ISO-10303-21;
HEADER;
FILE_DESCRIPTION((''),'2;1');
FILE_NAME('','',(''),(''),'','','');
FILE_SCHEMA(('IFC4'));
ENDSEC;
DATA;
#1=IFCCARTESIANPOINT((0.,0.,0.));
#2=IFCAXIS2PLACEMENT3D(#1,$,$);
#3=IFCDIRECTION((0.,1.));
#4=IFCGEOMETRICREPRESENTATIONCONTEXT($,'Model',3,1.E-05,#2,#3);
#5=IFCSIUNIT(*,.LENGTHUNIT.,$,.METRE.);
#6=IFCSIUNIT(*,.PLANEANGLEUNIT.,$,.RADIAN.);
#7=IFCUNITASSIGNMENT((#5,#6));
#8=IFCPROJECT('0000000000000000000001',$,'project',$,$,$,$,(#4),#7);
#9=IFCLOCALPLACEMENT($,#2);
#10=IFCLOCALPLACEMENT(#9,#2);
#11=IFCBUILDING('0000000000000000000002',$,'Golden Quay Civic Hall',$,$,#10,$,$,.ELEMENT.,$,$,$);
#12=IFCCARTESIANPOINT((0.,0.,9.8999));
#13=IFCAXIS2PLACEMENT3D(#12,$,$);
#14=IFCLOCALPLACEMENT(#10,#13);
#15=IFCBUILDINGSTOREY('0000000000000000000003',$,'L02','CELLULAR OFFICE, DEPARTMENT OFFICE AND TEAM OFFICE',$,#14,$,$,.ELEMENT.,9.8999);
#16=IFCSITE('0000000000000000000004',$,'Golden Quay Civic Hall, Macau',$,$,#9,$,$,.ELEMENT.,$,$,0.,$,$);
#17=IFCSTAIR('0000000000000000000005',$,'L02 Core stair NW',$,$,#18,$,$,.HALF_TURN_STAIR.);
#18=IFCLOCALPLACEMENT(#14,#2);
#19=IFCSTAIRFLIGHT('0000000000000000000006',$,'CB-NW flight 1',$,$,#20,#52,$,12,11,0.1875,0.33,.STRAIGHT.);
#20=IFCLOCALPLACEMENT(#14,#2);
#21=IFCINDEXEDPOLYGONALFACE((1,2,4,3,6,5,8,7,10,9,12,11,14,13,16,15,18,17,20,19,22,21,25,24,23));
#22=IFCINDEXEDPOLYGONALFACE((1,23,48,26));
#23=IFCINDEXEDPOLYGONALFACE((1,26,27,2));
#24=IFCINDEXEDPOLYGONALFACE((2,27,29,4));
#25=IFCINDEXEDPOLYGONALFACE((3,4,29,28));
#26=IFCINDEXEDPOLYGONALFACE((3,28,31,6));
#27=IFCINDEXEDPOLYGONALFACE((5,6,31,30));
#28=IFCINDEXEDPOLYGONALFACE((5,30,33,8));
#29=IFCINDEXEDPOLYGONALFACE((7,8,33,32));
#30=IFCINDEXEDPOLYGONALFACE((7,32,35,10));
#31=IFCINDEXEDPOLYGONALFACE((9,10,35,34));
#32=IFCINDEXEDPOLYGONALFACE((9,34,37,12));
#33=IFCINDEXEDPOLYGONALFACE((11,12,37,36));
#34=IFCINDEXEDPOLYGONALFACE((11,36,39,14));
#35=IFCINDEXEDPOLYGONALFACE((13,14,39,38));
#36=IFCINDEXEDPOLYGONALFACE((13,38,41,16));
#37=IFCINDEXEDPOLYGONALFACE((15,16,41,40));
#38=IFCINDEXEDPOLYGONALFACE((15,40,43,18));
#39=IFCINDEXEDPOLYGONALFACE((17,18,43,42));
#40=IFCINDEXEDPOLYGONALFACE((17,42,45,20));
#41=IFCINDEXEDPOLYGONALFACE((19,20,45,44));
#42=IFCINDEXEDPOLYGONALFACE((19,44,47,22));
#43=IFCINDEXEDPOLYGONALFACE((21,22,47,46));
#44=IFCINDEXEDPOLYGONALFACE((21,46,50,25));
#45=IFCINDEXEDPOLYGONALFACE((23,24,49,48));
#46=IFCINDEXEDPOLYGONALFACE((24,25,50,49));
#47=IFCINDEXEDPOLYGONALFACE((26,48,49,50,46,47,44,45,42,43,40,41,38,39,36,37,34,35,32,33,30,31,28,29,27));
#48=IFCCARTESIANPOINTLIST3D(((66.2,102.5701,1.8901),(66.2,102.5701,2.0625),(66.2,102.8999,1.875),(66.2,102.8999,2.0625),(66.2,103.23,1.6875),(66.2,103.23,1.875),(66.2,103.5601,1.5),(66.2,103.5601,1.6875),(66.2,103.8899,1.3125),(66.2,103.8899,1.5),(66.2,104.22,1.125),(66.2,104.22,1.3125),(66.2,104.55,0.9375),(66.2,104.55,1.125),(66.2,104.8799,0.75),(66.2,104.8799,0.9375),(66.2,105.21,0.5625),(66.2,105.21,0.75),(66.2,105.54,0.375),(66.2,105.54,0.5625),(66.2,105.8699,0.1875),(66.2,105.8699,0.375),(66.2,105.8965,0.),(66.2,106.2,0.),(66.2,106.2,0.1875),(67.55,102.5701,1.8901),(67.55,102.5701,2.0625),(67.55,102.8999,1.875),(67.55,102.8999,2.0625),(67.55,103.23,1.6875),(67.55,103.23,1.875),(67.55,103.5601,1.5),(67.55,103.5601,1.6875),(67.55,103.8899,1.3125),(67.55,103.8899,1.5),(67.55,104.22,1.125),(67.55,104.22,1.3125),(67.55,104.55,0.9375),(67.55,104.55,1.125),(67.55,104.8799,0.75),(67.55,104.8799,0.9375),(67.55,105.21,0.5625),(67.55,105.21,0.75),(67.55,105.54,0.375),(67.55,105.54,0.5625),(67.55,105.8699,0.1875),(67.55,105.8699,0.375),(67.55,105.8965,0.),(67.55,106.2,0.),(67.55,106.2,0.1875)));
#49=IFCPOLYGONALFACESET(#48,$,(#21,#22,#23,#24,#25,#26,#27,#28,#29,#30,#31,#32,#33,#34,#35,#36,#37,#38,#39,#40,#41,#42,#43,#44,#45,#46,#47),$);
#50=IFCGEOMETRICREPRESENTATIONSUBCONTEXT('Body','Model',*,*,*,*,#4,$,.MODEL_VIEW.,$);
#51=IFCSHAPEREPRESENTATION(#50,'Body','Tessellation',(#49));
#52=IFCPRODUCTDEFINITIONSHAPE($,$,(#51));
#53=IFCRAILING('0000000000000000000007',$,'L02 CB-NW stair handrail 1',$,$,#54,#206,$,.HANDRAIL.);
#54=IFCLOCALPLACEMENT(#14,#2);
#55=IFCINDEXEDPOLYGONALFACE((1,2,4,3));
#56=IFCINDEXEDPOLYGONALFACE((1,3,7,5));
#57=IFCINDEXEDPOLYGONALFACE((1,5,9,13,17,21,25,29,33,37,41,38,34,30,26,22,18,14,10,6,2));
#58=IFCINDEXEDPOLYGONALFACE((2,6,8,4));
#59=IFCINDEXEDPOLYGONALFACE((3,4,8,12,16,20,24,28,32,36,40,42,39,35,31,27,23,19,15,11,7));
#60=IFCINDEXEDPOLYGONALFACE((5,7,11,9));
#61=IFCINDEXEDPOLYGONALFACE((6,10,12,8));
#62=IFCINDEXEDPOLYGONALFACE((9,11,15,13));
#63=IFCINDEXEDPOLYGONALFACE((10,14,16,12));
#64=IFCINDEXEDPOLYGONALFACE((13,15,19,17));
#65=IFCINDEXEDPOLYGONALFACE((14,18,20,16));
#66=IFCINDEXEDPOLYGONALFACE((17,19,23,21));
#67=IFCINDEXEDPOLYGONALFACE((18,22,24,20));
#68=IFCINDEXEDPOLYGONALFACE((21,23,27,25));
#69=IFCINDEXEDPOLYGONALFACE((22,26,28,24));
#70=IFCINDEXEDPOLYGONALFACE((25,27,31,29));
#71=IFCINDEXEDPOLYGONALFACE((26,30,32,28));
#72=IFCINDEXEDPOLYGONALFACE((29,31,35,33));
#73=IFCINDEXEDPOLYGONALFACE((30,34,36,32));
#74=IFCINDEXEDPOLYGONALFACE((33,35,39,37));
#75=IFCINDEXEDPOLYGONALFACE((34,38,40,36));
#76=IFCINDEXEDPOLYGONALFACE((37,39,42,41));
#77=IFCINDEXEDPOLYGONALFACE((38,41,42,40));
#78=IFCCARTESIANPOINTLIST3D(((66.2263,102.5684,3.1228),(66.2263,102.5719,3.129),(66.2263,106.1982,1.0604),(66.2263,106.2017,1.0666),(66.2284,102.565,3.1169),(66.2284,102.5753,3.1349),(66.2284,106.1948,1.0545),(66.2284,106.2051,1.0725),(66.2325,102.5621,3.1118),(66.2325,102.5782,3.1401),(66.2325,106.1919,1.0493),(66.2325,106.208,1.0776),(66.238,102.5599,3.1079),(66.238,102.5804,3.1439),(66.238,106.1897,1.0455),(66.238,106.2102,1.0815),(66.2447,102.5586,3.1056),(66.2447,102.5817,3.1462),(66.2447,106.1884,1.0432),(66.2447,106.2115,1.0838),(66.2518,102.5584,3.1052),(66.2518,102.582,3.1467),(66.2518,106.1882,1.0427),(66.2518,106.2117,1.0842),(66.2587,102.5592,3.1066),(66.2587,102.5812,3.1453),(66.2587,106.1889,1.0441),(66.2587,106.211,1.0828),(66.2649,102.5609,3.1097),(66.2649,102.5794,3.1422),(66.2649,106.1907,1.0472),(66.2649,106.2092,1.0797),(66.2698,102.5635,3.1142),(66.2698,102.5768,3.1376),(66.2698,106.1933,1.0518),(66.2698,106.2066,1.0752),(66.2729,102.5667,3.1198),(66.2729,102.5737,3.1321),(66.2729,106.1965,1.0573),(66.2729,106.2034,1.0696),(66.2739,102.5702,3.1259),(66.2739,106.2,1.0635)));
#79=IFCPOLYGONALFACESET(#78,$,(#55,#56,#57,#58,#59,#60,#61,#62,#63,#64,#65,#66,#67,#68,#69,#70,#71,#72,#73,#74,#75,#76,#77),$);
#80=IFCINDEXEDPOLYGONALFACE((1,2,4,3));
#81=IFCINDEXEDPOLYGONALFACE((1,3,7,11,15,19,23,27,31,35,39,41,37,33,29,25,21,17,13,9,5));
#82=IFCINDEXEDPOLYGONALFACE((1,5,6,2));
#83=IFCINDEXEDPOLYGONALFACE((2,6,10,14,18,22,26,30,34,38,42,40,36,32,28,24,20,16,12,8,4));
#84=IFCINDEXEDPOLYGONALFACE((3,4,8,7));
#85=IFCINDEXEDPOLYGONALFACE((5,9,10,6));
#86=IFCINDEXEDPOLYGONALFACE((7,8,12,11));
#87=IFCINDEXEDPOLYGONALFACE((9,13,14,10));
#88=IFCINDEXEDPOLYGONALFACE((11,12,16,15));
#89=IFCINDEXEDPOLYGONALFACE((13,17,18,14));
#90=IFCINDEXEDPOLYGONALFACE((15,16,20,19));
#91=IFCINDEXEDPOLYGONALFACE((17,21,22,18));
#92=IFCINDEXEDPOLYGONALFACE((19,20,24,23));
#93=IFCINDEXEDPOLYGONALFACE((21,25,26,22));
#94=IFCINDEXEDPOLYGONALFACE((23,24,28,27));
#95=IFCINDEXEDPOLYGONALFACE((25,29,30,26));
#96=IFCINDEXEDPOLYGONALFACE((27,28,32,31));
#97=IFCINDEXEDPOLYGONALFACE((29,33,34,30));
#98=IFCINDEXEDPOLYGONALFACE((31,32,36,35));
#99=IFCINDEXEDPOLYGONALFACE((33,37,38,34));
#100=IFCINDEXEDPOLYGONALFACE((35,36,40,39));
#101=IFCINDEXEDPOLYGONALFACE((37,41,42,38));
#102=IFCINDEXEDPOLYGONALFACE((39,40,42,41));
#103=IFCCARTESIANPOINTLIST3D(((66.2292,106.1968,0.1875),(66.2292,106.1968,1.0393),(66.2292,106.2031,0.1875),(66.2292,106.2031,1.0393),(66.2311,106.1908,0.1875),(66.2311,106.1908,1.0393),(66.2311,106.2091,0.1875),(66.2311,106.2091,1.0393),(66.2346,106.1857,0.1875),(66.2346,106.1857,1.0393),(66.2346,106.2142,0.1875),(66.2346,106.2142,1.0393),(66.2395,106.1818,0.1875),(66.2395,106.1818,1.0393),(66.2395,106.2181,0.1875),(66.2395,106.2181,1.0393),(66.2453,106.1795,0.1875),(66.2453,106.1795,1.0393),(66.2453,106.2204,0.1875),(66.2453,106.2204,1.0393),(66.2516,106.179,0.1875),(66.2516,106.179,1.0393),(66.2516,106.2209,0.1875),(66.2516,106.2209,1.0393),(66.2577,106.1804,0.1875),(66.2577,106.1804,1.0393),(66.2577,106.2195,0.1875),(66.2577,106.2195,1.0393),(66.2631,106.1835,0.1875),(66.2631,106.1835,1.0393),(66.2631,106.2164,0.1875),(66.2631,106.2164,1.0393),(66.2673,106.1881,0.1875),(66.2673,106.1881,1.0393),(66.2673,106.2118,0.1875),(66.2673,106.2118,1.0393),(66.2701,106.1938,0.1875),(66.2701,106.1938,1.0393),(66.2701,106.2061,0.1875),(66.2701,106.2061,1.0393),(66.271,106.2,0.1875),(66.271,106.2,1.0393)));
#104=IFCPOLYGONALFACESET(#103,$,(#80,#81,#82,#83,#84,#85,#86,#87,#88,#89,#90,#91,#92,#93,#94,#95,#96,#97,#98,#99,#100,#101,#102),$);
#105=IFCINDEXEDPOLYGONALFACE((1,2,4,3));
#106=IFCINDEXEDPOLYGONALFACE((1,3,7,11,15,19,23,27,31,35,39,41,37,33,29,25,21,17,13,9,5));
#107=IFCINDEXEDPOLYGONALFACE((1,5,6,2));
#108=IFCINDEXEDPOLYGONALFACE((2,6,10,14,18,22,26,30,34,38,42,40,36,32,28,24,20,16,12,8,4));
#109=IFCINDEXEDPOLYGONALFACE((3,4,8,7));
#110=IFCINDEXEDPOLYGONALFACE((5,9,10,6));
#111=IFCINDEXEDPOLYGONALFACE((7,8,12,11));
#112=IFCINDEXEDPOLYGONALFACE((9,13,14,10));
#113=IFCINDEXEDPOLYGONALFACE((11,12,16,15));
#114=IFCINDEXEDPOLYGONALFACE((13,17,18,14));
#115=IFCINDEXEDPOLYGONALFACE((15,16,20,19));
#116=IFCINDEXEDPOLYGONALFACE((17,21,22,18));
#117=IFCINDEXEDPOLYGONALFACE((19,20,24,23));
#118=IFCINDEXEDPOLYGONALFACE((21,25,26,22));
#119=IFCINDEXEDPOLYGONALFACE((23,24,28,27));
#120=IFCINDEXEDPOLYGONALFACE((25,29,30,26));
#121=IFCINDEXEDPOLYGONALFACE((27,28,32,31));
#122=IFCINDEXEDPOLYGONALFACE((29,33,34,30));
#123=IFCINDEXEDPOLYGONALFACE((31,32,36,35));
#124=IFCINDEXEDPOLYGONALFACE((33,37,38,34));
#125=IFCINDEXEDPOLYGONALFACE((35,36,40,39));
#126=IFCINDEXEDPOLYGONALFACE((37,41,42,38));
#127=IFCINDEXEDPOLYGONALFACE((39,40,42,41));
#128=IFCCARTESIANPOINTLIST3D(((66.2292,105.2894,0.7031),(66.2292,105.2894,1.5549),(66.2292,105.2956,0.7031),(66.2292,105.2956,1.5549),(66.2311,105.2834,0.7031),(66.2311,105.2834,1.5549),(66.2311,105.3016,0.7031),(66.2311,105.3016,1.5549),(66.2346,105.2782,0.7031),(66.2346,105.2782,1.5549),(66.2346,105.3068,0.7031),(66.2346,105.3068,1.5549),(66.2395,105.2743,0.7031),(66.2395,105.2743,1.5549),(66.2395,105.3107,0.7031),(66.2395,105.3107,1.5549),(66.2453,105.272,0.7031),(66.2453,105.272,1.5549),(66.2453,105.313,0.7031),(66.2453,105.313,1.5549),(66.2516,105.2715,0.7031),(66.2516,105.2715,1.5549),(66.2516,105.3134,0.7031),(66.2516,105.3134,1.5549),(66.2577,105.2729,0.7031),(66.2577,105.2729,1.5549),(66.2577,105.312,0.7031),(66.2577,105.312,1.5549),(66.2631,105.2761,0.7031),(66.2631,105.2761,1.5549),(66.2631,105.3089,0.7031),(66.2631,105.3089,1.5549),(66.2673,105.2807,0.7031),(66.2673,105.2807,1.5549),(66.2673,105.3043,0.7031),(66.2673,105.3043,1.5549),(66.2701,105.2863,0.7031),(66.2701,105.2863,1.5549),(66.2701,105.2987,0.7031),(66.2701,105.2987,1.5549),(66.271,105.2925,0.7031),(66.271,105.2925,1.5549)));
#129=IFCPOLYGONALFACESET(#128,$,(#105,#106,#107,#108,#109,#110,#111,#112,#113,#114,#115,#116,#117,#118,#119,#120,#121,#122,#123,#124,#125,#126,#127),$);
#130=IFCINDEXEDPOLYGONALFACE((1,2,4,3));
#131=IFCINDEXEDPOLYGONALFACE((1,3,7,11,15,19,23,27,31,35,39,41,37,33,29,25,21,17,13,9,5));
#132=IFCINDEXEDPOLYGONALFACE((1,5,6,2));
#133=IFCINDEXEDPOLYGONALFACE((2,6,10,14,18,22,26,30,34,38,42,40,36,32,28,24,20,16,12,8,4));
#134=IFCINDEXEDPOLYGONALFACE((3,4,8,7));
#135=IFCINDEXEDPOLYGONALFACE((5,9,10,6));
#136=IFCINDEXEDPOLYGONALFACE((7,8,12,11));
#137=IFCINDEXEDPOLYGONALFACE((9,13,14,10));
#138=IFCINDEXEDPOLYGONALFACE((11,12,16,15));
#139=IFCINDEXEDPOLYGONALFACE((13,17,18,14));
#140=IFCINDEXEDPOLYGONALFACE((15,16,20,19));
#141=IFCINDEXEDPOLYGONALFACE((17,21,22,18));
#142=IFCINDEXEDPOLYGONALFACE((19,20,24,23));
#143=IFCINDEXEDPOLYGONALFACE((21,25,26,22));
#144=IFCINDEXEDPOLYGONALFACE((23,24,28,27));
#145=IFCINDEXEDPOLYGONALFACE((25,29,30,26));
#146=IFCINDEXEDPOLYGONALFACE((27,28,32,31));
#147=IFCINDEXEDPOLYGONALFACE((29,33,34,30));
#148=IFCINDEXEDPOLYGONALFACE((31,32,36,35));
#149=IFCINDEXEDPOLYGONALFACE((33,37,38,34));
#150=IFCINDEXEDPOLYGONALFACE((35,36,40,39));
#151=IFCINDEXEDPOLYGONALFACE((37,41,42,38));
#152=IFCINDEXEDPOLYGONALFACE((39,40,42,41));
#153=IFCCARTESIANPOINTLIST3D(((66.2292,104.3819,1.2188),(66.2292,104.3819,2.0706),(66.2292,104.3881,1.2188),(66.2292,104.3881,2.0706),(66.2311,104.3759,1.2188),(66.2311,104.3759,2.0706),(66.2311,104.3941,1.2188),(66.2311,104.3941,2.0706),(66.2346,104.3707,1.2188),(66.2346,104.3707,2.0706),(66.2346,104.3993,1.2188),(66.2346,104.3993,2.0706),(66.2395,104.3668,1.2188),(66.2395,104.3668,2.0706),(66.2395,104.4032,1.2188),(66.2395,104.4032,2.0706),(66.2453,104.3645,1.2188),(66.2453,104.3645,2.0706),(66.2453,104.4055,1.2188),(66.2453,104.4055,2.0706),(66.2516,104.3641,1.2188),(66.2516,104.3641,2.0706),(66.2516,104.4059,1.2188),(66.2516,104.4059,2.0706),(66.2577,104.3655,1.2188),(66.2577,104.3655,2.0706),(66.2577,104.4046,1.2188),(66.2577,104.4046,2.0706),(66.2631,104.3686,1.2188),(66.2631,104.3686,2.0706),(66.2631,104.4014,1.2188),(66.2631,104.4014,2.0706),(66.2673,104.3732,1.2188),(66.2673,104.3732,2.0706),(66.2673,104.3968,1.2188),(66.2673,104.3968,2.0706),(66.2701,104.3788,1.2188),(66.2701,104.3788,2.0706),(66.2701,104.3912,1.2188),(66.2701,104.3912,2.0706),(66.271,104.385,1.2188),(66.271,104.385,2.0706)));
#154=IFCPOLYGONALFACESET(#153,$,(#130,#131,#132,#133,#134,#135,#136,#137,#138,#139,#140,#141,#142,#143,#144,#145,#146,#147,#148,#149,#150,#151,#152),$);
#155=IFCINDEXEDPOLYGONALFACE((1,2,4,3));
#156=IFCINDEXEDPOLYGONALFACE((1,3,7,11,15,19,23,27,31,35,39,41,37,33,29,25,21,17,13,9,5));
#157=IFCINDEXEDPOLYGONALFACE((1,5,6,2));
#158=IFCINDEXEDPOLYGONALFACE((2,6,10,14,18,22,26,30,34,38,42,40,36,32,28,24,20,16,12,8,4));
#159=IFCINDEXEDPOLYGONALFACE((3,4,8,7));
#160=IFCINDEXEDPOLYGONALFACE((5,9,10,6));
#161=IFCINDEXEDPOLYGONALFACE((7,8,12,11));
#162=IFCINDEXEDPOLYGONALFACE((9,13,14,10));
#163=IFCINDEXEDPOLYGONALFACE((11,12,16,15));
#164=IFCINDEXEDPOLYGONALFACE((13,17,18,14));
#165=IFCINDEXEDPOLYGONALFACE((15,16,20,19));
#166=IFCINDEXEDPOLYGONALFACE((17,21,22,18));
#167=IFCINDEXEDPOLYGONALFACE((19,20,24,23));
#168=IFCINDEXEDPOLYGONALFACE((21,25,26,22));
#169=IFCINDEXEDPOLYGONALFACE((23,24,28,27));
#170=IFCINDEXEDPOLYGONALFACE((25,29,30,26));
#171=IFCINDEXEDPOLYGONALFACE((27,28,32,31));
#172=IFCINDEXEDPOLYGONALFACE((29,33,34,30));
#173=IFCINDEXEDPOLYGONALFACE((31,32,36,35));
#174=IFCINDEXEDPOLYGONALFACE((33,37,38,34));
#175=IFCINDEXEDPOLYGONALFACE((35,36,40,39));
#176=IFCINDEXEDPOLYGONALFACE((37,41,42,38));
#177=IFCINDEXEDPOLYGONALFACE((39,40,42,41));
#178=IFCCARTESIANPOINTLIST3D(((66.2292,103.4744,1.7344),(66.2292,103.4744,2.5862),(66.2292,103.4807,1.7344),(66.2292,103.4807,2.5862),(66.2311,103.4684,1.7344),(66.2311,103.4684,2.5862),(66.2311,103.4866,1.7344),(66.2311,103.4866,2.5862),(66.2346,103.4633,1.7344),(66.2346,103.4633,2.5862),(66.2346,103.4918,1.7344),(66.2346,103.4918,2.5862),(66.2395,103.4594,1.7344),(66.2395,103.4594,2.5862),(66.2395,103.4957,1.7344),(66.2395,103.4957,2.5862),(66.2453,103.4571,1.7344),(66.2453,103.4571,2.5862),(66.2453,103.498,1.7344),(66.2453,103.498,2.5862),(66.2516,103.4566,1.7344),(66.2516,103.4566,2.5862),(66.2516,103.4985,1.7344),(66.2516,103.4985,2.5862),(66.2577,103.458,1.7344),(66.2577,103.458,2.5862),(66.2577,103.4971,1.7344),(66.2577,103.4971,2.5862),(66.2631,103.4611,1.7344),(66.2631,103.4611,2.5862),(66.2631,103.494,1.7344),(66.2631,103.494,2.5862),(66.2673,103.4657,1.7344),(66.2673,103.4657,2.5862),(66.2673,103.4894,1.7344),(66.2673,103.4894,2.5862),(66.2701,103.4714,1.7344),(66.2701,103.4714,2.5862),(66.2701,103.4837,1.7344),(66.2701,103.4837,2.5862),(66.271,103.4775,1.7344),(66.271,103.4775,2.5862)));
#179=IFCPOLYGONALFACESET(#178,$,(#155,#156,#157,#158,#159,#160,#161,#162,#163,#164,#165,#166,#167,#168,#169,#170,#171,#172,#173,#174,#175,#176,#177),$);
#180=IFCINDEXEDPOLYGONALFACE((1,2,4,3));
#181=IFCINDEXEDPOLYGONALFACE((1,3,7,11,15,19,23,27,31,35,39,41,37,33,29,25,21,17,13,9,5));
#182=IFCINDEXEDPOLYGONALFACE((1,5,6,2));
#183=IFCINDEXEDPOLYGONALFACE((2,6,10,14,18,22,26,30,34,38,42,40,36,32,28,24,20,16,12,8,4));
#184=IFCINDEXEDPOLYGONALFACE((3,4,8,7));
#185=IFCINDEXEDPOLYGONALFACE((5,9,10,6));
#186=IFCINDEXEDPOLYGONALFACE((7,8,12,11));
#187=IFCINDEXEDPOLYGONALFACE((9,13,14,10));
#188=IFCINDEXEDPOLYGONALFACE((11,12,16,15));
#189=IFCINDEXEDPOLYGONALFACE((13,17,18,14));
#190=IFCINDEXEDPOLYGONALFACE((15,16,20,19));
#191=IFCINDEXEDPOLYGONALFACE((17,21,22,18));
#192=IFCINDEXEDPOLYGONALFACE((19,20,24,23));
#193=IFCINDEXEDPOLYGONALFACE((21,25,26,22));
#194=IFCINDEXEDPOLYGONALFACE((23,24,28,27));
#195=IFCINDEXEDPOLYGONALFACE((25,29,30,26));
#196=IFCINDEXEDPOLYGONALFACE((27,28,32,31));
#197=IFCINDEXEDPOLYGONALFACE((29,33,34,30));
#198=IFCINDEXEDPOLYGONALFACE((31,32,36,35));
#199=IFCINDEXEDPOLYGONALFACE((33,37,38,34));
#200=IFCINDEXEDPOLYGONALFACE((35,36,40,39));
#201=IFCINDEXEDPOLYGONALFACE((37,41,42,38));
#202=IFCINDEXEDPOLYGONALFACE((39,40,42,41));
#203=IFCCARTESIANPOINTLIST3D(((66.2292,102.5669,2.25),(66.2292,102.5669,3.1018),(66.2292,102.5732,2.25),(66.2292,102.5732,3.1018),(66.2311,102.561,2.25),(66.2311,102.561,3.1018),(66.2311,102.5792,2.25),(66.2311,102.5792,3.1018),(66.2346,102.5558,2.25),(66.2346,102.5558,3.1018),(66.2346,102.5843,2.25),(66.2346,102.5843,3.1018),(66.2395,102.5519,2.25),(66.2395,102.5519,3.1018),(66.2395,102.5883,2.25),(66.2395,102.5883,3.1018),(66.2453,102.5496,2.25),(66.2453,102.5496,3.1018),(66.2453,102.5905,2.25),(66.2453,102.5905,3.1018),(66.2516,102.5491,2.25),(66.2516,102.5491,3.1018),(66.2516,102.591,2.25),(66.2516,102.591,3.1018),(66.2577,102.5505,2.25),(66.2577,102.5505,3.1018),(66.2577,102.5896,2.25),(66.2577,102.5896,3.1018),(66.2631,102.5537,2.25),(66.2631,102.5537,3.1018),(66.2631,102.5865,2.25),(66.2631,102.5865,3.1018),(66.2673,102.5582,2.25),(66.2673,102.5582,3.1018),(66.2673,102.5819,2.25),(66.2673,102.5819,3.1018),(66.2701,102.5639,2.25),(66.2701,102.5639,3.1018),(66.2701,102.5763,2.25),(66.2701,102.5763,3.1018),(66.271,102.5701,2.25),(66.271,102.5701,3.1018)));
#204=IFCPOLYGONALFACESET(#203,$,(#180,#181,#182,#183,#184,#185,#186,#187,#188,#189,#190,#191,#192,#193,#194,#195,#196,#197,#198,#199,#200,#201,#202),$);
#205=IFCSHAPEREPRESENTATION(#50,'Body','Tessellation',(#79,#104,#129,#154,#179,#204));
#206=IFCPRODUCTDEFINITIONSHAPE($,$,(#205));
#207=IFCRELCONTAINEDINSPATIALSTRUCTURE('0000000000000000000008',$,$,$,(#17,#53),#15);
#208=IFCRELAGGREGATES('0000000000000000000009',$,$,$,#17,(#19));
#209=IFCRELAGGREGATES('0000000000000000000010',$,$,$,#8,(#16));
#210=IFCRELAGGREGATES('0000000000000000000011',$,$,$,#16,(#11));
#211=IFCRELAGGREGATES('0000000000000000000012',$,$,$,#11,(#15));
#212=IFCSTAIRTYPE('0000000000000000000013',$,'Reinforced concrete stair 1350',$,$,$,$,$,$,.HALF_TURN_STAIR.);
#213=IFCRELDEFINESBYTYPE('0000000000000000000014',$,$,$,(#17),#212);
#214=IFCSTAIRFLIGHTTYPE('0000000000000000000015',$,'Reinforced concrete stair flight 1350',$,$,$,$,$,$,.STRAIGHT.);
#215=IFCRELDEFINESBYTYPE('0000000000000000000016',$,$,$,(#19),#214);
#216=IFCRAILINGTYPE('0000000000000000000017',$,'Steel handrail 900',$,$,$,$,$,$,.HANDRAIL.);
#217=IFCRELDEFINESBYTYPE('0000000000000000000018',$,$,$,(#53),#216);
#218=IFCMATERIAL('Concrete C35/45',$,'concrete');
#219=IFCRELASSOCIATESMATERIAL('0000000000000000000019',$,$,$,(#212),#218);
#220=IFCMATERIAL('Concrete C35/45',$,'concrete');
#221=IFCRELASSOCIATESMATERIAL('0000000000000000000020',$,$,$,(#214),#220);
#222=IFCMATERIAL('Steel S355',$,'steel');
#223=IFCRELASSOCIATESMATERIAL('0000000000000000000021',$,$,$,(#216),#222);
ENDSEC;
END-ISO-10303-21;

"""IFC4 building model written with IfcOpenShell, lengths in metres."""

from ifc_helpers import new_model, si_unit, direction, frame, origin, origin_2d, place, context, subcontext, project, spatial, polyline, circle, outline, extrude, material, type_object, element, aggregate, save


model = new_model("IFC4")

# Units and contexts
model_context = context("Model", 3, precision=1e-05, world=origin(), true_north=direction((0.0, 1.0)))
body_context = subcontext(model_context, "Body", "Model", "MODEL_VIEW")
ifc_project = project(units=[si_unit("LENGTHUNIT", "METRE"), si_unit("PLANEANGLEUNIT", "RADIAN")], contexts=[model_context])

# Site, building, storey
site_placement = place(None, origin())
site = spatial("IfcSite", under=ifc_project, at=site_placement, Name="Golden Quay Civic Hall, Macau", CompositionType="ELEMENT", RefElevation=0.0)
building_placement = place(site_placement, origin())
building = spatial("IfcBuilding", under=site, at=building_placement, Name="Golden Quay Civic Hall", CompositionType="ELEMENT")
storey_placement = place(building_placement, frame((0.0, 0.0, 9.8999)))
storey = spatial("IfcBuildingStorey", under=building, at=storey_placement, Name="L02", Description="CELLULAR OFFICE, DEPARTMENT OFFICE AND TEAM OFFICE", CompositionType="ELEMENT", Elevation=9.8999)

# Stair, stair flight
ifc_material_1 = material(Name="Concrete C35/45", Category="concrete")
stair_type = type_object("IfcStairType", Name="Reinforced concrete stair 1350", PredefinedType="HALF_TURN_STAIR", material=ifc_material_1)
stair_placement = place(storey_placement, origin())
stair = element("IfcStair", 1, at=stair_placement, inside=storey, type_object=stair_type, Name="L02 Core stair NW", PredefinedType="HALF_TURN_STAIR")
ifc_material_2 = material(Name="Concrete C35/45", Category="concrete")
stair_flight_type = type_object("IfcStairFlightType", Name="Reinforced concrete stair flight 1350", PredefinedType="STRAIGHT", material=ifc_material_2)
stair_flight_placement = place(storey_placement, frame((66.875, 106.2, 0.0), z_axis=(0.0, 0.0, 1.0), x_axis=(0.0, -1.0, 0.0)))
stair_flight = element("IfcStairFlight", 2, at=stair_flight_placement, type_object=stair_flight_type, Name="CB-NW flight 1", NumberOfRisers=12, NumberOfTreads=11, PredefinedType="STRAIGHT", RiserHeight=0.1875, TreadLength=0.33, context=body_context, shape_type="SweptSolid", body=[
    extrude(outline(polyline([(0.0, 0.0), (0.0, 0.1875), (0.3301, 0.1875), (0.3301, 0.375), (0.6599, 0.375), (0.6599, 0.5625), (0.99, 0.5625), (0.99, 0.75), (1.3201, 0.75), (1.3201, 0.9375), (1.6499, 0.9375), (1.6499, 1.125), (1.98, 1.125), (1.98, 1.3125), (2.3101, 1.3125), (2.3101, 1.5), (2.6399, 1.5), (2.6399, 1.6875), (2.97, 1.6875), (2.97, 1.875), (3.3, 1.875), (3.3, 2.0625), (3.6299, 2.0625), (3.6299, 2.25), (3.6299, 1.8901), (0.3035, 0.0), (0.0, 0.0)])), frame((0.0, 0.675, 0.0), z_axis=(0.0, -1.0, 0.0), x_axis=(1.0, 0.0, 0.0)), (0.0, 0.0, 1.0), 1.35),
])
aggregate(stair, [stair_flight])

# Railing
ifc_material_3 = material(Name="Steel S355", Category="steel")
railing_type = type_object("IfcRailingType", Name="Steel handrail 900", PredefinedType="HANDRAIL", material=ifc_material_3)
railing_placement = place(storey_placement, frame((66.25, 106.2, 0.1875)))
element("IfcRailing", 3, at=railing_placement, inside=storey, type_object=railing_type, Name="L02 CB-NW stair handrail 1", PredefinedType="HANDRAIL", context=body_context, shape_type="SweptSolid", body=[
    extrude(circle(Radius=0.0239, at=origin_2d()), frame((0.0, 0.0, 0.876), z_axis=(0.0, -0.86945, 0.494021), x_axis=(1.0, 0.0, 0.0)), (0.0, 0.0, 1.0), 4.1748),
    extrude(circle(Radius=0.021, at=origin_2d()), origin(), (0.0, 0.0, 1.0), 0.8518),
    extrude(circle(Radius=0.021, at=origin_2d()), frame((0.0, -0.9075, 0.5156)), (0.0, 0.0, 1.0), 0.8518),
    extrude(circle(Radius=0.021, at=origin_2d()), frame((0.0, -1.8149, 1.0312)), (0.0, 0.0, 1.0), 0.8518),
    extrude(circle(Radius=0.021, at=origin_2d()), frame((0.0, -2.7224, 1.5469)), (0.0, 0.0, 1.0), 0.8518),
    extrude(circle(Radius=0.021, at=origin_2d()), frame((0.0, -3.6299, 2.0625)), (0.0, 0.0, 1.0), 0.8518),
])

save(model, "model.ifc")
